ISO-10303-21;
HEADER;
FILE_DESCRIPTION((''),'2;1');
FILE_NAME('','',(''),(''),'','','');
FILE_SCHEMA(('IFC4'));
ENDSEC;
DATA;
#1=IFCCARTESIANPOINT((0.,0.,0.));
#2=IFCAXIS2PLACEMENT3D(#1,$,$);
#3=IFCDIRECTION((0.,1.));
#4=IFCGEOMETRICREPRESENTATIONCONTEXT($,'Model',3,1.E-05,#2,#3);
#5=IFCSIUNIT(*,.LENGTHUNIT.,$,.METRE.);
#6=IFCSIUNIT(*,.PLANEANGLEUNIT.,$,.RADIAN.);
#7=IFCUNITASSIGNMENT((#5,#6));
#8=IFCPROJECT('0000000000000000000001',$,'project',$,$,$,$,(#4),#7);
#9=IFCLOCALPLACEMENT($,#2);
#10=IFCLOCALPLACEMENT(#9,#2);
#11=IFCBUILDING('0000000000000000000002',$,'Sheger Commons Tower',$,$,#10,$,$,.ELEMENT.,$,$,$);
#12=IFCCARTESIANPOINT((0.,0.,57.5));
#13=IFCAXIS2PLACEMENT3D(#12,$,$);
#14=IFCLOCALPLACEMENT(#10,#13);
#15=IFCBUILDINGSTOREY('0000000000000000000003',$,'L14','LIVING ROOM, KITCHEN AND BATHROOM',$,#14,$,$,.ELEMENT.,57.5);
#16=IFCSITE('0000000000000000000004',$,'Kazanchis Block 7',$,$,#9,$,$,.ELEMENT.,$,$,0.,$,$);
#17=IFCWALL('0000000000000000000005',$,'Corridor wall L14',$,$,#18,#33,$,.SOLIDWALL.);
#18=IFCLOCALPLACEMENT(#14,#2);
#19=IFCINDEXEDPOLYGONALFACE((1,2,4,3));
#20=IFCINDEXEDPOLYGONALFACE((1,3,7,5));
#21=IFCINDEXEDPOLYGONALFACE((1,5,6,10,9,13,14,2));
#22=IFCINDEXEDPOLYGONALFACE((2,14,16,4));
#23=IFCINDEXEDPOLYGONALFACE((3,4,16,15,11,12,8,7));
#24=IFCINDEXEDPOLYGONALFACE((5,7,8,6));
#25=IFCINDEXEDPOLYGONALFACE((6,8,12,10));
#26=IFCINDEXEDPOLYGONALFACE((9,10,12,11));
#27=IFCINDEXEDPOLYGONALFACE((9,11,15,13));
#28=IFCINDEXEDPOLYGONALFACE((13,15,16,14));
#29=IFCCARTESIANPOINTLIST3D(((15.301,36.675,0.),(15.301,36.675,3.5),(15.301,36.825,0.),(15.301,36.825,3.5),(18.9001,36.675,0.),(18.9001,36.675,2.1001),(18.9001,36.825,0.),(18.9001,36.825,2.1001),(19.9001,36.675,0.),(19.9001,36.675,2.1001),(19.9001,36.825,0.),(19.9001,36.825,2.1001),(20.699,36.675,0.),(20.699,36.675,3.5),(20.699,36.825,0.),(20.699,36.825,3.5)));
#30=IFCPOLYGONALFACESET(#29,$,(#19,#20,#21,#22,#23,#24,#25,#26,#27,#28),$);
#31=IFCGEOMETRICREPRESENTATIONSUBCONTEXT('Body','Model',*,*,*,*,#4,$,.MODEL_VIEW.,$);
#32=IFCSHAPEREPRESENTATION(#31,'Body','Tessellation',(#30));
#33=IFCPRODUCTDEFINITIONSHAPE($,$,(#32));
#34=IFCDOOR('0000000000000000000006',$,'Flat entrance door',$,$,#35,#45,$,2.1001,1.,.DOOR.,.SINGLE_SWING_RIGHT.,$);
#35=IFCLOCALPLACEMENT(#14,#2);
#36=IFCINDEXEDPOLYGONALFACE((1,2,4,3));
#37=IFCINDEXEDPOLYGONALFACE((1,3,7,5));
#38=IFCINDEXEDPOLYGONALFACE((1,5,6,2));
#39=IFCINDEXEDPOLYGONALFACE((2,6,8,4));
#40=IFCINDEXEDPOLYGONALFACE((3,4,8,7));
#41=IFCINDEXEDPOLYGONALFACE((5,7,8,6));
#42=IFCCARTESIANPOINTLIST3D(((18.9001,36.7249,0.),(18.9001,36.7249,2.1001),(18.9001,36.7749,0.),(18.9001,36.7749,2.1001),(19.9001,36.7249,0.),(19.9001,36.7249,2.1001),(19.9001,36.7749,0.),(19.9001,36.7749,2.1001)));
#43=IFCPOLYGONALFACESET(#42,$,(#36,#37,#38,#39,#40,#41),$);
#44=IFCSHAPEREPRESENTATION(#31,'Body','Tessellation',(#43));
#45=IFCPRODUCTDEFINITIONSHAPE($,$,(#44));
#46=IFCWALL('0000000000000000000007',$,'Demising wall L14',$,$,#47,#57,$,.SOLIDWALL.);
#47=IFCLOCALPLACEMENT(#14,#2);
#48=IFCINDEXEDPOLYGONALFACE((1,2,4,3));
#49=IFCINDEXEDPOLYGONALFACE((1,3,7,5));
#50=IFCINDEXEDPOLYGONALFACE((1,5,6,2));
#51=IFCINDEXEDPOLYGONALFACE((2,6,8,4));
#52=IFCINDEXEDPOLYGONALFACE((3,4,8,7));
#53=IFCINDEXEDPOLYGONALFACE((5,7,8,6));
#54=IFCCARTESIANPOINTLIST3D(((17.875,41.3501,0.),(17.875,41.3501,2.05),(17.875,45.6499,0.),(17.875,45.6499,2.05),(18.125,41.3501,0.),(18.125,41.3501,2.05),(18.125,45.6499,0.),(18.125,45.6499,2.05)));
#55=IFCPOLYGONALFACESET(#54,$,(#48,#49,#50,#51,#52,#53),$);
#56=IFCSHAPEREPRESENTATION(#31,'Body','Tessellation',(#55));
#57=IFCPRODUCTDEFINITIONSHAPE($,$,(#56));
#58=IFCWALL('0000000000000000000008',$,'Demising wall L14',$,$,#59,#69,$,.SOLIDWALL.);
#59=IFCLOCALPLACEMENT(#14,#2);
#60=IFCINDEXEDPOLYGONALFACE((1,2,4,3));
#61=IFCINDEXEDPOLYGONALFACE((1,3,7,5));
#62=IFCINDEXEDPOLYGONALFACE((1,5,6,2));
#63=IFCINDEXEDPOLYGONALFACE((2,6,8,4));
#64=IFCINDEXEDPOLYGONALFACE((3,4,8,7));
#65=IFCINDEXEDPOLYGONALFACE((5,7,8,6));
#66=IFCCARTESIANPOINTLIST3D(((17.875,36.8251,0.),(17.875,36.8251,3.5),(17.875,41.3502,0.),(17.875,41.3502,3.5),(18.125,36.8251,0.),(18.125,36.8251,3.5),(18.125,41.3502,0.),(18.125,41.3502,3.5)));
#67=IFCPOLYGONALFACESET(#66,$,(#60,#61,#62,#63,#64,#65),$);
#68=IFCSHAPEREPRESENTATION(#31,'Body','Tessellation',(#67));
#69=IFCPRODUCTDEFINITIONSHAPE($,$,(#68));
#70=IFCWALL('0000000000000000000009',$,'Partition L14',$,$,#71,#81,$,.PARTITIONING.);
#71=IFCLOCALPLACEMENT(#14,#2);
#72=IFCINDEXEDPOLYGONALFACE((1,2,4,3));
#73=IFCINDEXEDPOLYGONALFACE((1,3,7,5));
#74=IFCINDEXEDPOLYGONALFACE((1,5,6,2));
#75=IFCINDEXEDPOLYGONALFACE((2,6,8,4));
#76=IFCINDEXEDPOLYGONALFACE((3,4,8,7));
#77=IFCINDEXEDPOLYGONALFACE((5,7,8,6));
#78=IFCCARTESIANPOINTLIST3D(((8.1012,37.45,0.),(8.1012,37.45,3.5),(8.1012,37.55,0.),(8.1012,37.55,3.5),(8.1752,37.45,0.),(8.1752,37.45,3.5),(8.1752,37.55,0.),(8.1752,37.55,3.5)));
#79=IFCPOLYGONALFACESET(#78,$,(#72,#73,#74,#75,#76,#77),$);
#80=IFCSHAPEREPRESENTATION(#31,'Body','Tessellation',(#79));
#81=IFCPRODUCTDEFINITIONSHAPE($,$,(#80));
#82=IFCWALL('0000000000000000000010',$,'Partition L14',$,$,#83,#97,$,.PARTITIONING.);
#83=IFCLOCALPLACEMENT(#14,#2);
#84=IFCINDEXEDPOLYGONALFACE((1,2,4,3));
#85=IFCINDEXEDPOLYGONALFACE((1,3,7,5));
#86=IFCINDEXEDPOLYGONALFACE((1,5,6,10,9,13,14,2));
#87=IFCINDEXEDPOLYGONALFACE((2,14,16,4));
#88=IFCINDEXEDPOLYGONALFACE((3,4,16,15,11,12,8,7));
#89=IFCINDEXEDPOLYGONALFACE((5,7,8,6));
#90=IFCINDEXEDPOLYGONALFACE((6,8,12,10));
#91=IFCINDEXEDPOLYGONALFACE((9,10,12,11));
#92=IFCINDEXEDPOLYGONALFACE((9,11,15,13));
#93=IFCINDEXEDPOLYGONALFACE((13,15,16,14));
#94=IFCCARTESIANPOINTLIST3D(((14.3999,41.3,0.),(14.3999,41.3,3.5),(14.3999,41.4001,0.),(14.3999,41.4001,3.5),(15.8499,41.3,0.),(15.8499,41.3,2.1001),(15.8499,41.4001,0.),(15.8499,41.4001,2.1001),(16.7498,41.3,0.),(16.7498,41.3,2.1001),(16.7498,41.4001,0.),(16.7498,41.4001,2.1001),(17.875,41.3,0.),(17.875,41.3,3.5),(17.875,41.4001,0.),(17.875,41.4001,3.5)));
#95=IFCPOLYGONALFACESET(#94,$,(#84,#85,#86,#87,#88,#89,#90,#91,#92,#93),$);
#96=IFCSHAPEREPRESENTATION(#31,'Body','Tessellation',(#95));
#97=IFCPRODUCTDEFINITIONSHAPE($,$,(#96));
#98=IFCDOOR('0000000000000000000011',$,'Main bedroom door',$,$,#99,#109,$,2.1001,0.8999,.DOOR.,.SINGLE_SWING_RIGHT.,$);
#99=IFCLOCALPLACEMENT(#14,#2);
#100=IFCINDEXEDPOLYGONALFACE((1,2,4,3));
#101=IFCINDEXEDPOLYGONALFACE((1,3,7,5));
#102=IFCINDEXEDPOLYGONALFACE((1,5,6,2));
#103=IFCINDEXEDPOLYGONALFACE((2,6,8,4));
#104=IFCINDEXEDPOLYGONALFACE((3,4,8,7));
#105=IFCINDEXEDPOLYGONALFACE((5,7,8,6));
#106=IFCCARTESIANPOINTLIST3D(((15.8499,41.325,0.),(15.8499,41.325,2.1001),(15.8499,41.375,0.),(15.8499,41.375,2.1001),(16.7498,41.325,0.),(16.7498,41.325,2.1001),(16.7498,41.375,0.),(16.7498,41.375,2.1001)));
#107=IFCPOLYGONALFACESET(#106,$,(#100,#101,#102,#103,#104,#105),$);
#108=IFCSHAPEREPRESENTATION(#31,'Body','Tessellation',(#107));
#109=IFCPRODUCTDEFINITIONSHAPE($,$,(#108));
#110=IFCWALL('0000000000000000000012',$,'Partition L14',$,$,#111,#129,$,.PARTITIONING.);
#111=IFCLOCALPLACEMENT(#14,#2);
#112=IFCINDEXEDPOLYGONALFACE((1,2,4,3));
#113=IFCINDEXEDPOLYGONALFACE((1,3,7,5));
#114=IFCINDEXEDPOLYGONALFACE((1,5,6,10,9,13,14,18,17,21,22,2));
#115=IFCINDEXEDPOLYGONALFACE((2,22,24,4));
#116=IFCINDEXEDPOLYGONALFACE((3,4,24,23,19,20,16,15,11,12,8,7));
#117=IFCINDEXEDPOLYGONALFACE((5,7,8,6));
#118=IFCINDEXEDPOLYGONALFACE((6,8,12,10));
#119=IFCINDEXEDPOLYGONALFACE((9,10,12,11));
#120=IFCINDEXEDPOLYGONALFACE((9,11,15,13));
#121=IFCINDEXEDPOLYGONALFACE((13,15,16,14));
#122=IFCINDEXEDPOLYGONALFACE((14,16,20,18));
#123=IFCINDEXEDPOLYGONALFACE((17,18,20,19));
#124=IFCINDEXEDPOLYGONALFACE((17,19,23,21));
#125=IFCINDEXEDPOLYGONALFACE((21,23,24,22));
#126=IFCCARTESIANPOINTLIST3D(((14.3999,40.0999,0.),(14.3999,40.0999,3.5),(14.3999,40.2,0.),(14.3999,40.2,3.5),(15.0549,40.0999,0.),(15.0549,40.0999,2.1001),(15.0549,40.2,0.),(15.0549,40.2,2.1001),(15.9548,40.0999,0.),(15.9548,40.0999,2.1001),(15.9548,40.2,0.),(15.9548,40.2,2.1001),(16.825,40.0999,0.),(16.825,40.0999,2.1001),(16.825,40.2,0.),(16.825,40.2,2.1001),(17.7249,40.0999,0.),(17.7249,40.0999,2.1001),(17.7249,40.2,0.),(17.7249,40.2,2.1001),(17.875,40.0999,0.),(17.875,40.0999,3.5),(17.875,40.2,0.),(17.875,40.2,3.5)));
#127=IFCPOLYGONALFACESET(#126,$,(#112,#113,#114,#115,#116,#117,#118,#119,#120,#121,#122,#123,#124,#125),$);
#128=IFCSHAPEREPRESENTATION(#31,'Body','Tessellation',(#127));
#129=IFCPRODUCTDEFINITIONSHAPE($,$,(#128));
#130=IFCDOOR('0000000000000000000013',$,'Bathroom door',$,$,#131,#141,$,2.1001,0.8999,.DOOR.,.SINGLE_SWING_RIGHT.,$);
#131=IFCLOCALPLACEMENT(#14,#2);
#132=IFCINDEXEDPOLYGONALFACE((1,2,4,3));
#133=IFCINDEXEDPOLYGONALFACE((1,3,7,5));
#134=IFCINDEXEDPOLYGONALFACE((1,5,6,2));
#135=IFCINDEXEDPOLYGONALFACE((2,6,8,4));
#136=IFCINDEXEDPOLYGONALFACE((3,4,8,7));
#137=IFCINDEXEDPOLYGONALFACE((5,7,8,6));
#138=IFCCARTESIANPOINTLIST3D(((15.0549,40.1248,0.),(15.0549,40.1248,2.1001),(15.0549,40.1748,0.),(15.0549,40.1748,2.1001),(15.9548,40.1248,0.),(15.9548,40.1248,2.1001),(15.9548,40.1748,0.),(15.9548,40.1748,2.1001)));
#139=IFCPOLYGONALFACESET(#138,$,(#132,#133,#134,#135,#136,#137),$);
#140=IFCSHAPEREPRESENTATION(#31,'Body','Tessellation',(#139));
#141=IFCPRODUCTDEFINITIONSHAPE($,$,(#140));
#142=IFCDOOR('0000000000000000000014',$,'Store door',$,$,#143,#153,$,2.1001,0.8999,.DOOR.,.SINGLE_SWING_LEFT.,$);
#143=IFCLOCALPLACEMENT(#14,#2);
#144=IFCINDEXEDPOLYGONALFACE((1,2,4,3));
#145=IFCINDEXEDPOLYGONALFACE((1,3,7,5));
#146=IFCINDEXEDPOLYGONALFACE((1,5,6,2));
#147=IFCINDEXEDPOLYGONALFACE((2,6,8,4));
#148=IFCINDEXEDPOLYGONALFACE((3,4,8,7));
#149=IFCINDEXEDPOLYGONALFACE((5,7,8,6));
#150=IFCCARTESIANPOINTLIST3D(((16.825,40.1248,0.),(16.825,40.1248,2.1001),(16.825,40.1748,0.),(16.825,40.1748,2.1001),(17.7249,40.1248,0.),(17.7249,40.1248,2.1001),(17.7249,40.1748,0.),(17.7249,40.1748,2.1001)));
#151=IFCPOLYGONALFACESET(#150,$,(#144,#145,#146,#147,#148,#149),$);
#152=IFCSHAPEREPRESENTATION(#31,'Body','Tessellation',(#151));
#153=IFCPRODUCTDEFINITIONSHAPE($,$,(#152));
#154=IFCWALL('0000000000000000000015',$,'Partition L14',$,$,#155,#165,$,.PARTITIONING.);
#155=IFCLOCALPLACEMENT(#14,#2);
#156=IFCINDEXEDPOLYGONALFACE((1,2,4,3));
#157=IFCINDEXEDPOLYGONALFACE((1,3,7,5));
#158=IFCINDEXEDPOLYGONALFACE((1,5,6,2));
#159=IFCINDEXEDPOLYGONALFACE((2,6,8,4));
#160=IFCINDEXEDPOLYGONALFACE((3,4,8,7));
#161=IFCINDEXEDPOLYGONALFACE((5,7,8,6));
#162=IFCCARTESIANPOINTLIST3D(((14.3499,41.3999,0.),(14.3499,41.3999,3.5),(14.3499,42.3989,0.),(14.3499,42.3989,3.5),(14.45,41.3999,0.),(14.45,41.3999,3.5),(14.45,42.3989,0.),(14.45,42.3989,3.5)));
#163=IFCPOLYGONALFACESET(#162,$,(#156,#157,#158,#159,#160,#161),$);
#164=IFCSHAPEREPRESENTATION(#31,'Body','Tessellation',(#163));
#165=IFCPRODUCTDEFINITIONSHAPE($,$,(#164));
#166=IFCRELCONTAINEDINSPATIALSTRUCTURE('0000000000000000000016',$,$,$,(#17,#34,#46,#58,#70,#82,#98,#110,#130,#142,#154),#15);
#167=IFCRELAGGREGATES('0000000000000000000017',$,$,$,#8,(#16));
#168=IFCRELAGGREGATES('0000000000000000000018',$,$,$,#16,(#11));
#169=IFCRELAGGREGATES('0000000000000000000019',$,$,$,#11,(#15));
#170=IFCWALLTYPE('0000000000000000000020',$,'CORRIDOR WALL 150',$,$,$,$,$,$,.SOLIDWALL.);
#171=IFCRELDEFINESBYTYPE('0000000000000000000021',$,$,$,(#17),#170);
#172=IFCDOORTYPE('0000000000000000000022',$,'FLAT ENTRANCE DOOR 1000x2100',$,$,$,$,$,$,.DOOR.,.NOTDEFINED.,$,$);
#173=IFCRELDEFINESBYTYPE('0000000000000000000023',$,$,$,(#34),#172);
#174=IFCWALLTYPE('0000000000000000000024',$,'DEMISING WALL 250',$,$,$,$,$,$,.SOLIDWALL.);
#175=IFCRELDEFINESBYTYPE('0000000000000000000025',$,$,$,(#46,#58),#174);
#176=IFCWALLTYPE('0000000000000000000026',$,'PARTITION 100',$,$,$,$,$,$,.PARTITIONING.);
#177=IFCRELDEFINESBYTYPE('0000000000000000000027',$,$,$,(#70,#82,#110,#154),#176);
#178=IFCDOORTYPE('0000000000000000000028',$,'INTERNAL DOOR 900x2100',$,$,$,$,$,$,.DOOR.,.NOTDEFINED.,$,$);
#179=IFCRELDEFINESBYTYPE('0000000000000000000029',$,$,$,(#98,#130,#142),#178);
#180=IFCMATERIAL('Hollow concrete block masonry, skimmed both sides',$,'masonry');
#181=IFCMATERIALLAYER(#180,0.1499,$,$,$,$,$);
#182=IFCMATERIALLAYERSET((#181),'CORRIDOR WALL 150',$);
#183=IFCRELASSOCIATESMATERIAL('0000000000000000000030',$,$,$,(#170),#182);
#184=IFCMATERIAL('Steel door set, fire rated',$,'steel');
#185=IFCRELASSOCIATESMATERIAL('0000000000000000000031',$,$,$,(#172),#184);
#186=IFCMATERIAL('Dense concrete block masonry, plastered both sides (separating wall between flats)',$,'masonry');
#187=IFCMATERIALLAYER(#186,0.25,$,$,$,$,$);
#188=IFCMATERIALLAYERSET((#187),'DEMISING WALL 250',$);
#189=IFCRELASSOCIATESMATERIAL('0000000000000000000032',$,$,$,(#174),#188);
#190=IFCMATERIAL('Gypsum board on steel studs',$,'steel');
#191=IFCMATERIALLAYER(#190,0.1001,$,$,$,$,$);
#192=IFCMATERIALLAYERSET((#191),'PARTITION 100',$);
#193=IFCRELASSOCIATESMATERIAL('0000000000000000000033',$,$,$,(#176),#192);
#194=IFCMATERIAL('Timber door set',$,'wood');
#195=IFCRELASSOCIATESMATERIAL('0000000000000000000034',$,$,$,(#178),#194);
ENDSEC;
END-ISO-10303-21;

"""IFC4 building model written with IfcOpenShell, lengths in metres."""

from ifc_helpers import new_model, si_unit, direction, frame, frame_2d, origin, place, context, subcontext, project, spatial, rectangle, extrude, material, layer, layer_set, type_object, element, fill, save


model = new_model("IFC4")

# Units and contexts
model_context = context("Model", 3, precision=1e-05, world=origin(), true_north=direction((0.0, 1.0)))
body_context = subcontext(model_context, "Body", "Model", "MODEL_VIEW")
ifc_project = project(units=[si_unit("LENGTHUNIT", "METRE"), si_unit("PLANEANGLEUNIT", "RADIAN")], contexts=[model_context])

# Site, building, storey
site_placement = place(None, origin())
site = spatial("IfcSite", under=ifc_project, at=site_placement, Name="Kazanchis Block 7", CompositionType="ELEMENT", RefElevation=0.0)
building_placement = place(site_placement, origin())
building = spatial("IfcBuilding", under=site, at=building_placement, Name="Sheger Commons Tower", CompositionType="ELEMENT")
storey_placement = place(building_placement, frame((0.0, 0.0, 57.5)))
storey = spatial("IfcBuildingStorey", under=building, at=storey_placement, Name="L14", Description="LIVING ROOM, KITCHEN AND BATHROOM", CompositionType="ELEMENT", Elevation=57.5)

# Shared definitions
ifc_material_1 = material(Name="Hollow concrete block masonry, skimmed both sides", Category="masonry")
ifc_layer_1 = layer(ifc_material_1, 0.1499)
ifc_layer_set_1 = layer_set([ifc_layer_1], Name="CORRIDOR WALL 150")
wall_type_1 = type_object("IfcWallType", Name="CORRIDOR WALL 150", PredefinedType="SOLIDWALL", material=ifc_layer_set_1)

# Wall, opening, door
ifc_material_2 = material(Name="Steel door set, fire rated", Category="steel")
door_type_1 = type_object("IfcDoorType", Name="FLAT ENTRANCE DOOR 1000x2100", OperationType="NOTDEFINED", PredefinedType="DOOR", material=ifc_material_2)
wall_1_placement = place(storey_placement, frame((15.301, 36.75, 0.0), z_axis=(0.0, 0.0, 1.0), x_axis=(1.0, 0.0, 0.0)))
wall_1 = element("IfcWall", 1, at=wall_1_placement, inside=storey, type_object=wall_type_1, Name="Corridor wall L14", PredefinedType="SOLIDWALL", context=body_context, shape_type="SweptSolid", body=[
    extrude(rectangle(XDim=5.3979, YDim=0.1499, at=frame_2d((2.699, 0.0))), origin(), (0.0, 0.0, 1.0), 3.5),
])
opening_1_placement = place(wall_1_placement, frame((3.5991, 0.0, 0.0)))
opening_1 = element("IfcOpeningElement", 2, at=opening_1_placement, cuts=wall_1, PredefinedType="OPENING", context=body_context, shape_type="SweptSolid", body=[
    extrude(rectangle(XDim=1.0, YDim=2.1001, at=frame_2d((0.5, 1.05))), frame((0.0, 0.085, 0.0), z_axis=(0.0, -1.0, 0.0), x_axis=(1.0, 0.0, 0.0)), (0.0, 0.0, 1.0), 0.1699),
])
door_1_placement = place(opening_1_placement, origin())
door_1 = element("IfcDoor", 3, at=door_1_placement, inside=storey, type_object=door_type_1, Name="Flat entrance door", OperationType="SINGLE_SWING_RIGHT", OverallHeight=2.1001, OverallWidth=1.0, PredefinedType="DOOR", context=body_context, shape_type="SweptSolid", body=[
    extrude(rectangle(XDim=1.0, YDim=2.1001, at=frame_2d((0.5, 1.05))), frame((0.0, 0.0249, 0.0), z_axis=(0.0, -1.0, 0.0), x_axis=(1.0, 0.0, 0.0)), (0.0, 0.0, 1.0), 0.05),
])
fill(opening_1, door_1)

# Walls
ifc_material_3 = material(Name="Dense concrete block masonry, plastered both sides (separating wall between flats)", Category="masonry")
ifc_layer_2 = layer(ifc_material_3, 0.25)
ifc_layer_set_2 = layer_set([ifc_layer_2], Name="DEMISING WALL 250")
wall_type_2 = type_object("IfcWallType", Name="DEMISING WALL 250", PredefinedType="SOLIDWALL", material=ifc_layer_set_2)
wall_2_placement = place(storey_placement, frame((18.0, 41.3501, 0.0), z_axis=(0.0, 0.0, 1.0), x_axis=(0.0, 1.0, 0.0)))
element("IfcWall", 4, at=wall_2_placement, inside=storey, type_object=wall_type_2, Name="Demising wall L14", PredefinedType="SOLIDWALL", context=body_context, shape_type="SweptSolid", body=[
    extrude(rectangle(XDim=4.2998, YDim=0.25, at=frame_2d((2.1499, 0.0))), origin(), (0.0, 0.0, 1.0), 2.05),
])
wall_3_placement = place(storey_placement, frame((18.0, 36.825, 0.0), z_axis=(0.0, 0.0, 1.0), x_axis=(0.0, 1.0, 0.0)))
element("IfcWall", 5, at=wall_3_placement, inside=storey, type_object=wall_type_2, Name="Demising wall L14", PredefinedType="SOLIDWALL", context=body_context, shape_type="SweptSolid", body=[
    extrude(rectangle(XDim=4.5251, YDim=0.25, at=frame_2d((2.2627, 0.0))), origin(), (0.0, 0.0, 1.0), 3.5),
])
ifc_material_4 = material(Name="Gypsum board on steel studs", Category="steel")
ifc_layer_3 = layer(ifc_material_4, 0.1001)
ifc_layer_set_3 = layer_set([ifc_layer_3], Name="PARTITION 100")
wall_type_3 = type_object("IfcWallType", Name="PARTITION 100", PredefinedType="PARTITIONING", material=ifc_layer_set_3)
wall_4_placement = place(storey_placement, frame((8.1011, 37.5, 0.0), z_axis=(0.0, 0.0, 1.0), x_axis=(1.0, 0.0, 0.0)))
element("IfcWall", 6, at=wall_4_placement, inside=storey, type_object=wall_type_3, Name="Partition L14", PredefinedType="PARTITIONING", context=body_context, shape_type="SweptSolid", body=[
    extrude(rectangle(XDim=0.074, YDim=0.1001, at=frame_2d((0.0371, 0.0))), origin(), (0.0, 0.0, 1.0), 3.5),
])

# Wall, opening, door
wall_5_placement = place(storey_placement, frame((14.3999, 41.3501, 0.0), z_axis=(0.0, 0.0, 1.0), x_axis=(1.0, 0.0, 0.0)))
wall_5 = element("IfcWall", 7, at=wall_5_placement, inside=storey, type_object=wall_type_3, Name="Partition L14", PredefinedType="PARTITIONING", context=body_context, shape_type="SweptSolid", body=[
    extrude(rectangle(XDim=3.4751, YDim=0.1001, at=frame_2d((1.7375, 0.0))), origin(), (0.0, 0.0, 1.0), 3.5),
])
opening_2_placement = place(wall_5_placement, frame((1.45, 0.0, 0.0)))
opening_2 = element("IfcOpeningElement", 8, at=opening_2_placement, cuts=wall_5, PredefinedType="OPENING", context=body_context, shape_type="SweptSolid", body=[
    extrude(rectangle(XDim=0.8999, YDim=2.1001, at=frame_2d((0.45, 1.05))), frame((0.0, 0.0601, 0.0), z_axis=(0.0, -1.0, 0.0), x_axis=(1.0, 0.0, 0.0)), (0.0, 0.0, 1.0), 0.1201),
])
ifc_material_5 = material(Name="Timber door set", Category="wood")
door_type_2 = type_object("IfcDoorType", Name="INTERNAL DOOR 900x2100", OperationType="NOTDEFINED", PredefinedType="DOOR", material=ifc_material_5)
door_2_placement = place(opening_2_placement, origin())
door_2 = element("IfcDoor", 9, at=door_2_placement, inside=storey, type_object=door_type_2, Name="Main bedroom door", OperationType="SINGLE_SWING_RIGHT", OverallHeight=2.1001, OverallWidth=0.8999, PredefinedType="DOOR", context=body_context, shape_type="SweptSolid", body=[
    extrude(rectangle(XDim=0.8999, YDim=2.1001, at=frame_2d((0.45, 1.05))), frame((0.0, 0.0249, 0.0), z_axis=(0.0, -1.0, 0.0), x_axis=(1.0, 0.0, 0.0)), (0.0, 0.0, 1.0), 0.05),
])
fill(opening_2, door_2)

# Wall, openings, doors
wall_6_placement = place(storey_placement, frame((14.3999, 40.1499, 0.0), z_axis=(0.0, 0.0, 1.0), x_axis=(1.0, 0.0, 0.0)))
wall_6 = element("IfcWall", 10, at=wall_6_placement, inside=storey, type_object=wall_type_3, Name="Partition L14", PredefinedType="PARTITIONING", context=body_context, shape_type="SweptSolid", body=[
    extrude(rectangle(XDim=3.4751, YDim=0.1001, at=frame_2d((1.7375, 0.0))), origin(), (0.0, 0.0, 1.0), 3.5),
])
opening_3_placement = place(wall_6_placement, frame((0.655, 0.0, 0.0)))
opening_3 = element("IfcOpeningElement", 11, at=opening_3_placement, cuts=wall_6, PredefinedType="OPENING", context=body_context, shape_type="SweptSolid", body=[
    extrude(rectangle(XDim=0.8999, YDim=2.1001, at=frame_2d((0.45, 1.05))), frame((0.0, 0.0601, 0.0), z_axis=(0.0, -1.0, 0.0), x_axis=(1.0, 0.0, 0.0)), (0.0, 0.0, 1.0), 0.1201),
])
opening_4_placement = place(wall_6_placement, frame((2.425, 0.0, 0.0)))
opening_4 = element("IfcOpeningElement", 12, at=opening_4_placement, cuts=wall_6, PredefinedType="OPENING", context=body_context, shape_type="SweptSolid", body=[
    extrude(rectangle(XDim=0.8999, YDim=2.1001, at=frame_2d((0.45, 1.05))), frame((0.0, 0.0601, 0.0), z_axis=(0.0, -1.0, 0.0), x_axis=(1.0, 0.0, 0.0)), (0.0, 0.0, 1.0), 0.1201),
])
door_3_placement = place(opening_3_placement, origin())
door_3 = element("IfcDoor", 13, at=door_3_placement, inside=storey, type_object=door_type_2, Name="Bathroom door", OperationType="SINGLE_SWING_RIGHT", OverallHeight=2.1001, OverallWidth=0.8999, PredefinedType="DOOR", context=body_context, shape_type="SweptSolid", body=[
    extrude(rectangle(XDim=0.8999, YDim=2.1001, at=frame_2d((0.45, 1.05))), frame((0.0, 0.0249, 0.0), z_axis=(0.0, -1.0, 0.0), x_axis=(1.0, 0.0, 0.0)), (0.0, 0.0, 1.0), 0.05),
])
fill(opening_3, door_3)
door_4_placement = place(opening_4_placement, origin())
door_4 = element("IfcDoor", 14, at=door_4_placement, inside=storey, type_object=door_type_2, Name="Store door", OperationType="SINGLE_SWING_LEFT", OverallHeight=2.1001, OverallWidth=0.8999, PredefinedType="DOOR", context=body_context, shape_type="SweptSolid", body=[
    extrude(rectangle(XDim=0.8999, YDim=2.1001, at=frame_2d((0.45, 1.05))), frame((0.0, 0.0249, 0.0), z_axis=(0.0, -1.0, 0.0), x_axis=(1.0, 0.0, 0.0)), (0.0, 0.0, 1.0), 0.05),
])
fill(opening_4, door_4)

# Wall
wall_7_placement = place(storey_placement, frame((14.3999, 41.3999, 0.0), z_axis=(0.0, 0.0, 1.0), x_axis=(0.0, 1.0, 0.0)))
element("IfcWall", 15, at=wall_7_placement, inside=storey, type_object=wall_type_3, Name="Partition L14", PredefinedType="PARTITIONING", context=body_context, shape_type="SweptSolid", body=[
    extrude(rectangle(XDim=0.999, YDim=0.1001, at=frame_2d((0.4995, 0.0))), origin(), (0.0, 0.0, 1.0), 3.5),
])

save(model, "model.ifc")
